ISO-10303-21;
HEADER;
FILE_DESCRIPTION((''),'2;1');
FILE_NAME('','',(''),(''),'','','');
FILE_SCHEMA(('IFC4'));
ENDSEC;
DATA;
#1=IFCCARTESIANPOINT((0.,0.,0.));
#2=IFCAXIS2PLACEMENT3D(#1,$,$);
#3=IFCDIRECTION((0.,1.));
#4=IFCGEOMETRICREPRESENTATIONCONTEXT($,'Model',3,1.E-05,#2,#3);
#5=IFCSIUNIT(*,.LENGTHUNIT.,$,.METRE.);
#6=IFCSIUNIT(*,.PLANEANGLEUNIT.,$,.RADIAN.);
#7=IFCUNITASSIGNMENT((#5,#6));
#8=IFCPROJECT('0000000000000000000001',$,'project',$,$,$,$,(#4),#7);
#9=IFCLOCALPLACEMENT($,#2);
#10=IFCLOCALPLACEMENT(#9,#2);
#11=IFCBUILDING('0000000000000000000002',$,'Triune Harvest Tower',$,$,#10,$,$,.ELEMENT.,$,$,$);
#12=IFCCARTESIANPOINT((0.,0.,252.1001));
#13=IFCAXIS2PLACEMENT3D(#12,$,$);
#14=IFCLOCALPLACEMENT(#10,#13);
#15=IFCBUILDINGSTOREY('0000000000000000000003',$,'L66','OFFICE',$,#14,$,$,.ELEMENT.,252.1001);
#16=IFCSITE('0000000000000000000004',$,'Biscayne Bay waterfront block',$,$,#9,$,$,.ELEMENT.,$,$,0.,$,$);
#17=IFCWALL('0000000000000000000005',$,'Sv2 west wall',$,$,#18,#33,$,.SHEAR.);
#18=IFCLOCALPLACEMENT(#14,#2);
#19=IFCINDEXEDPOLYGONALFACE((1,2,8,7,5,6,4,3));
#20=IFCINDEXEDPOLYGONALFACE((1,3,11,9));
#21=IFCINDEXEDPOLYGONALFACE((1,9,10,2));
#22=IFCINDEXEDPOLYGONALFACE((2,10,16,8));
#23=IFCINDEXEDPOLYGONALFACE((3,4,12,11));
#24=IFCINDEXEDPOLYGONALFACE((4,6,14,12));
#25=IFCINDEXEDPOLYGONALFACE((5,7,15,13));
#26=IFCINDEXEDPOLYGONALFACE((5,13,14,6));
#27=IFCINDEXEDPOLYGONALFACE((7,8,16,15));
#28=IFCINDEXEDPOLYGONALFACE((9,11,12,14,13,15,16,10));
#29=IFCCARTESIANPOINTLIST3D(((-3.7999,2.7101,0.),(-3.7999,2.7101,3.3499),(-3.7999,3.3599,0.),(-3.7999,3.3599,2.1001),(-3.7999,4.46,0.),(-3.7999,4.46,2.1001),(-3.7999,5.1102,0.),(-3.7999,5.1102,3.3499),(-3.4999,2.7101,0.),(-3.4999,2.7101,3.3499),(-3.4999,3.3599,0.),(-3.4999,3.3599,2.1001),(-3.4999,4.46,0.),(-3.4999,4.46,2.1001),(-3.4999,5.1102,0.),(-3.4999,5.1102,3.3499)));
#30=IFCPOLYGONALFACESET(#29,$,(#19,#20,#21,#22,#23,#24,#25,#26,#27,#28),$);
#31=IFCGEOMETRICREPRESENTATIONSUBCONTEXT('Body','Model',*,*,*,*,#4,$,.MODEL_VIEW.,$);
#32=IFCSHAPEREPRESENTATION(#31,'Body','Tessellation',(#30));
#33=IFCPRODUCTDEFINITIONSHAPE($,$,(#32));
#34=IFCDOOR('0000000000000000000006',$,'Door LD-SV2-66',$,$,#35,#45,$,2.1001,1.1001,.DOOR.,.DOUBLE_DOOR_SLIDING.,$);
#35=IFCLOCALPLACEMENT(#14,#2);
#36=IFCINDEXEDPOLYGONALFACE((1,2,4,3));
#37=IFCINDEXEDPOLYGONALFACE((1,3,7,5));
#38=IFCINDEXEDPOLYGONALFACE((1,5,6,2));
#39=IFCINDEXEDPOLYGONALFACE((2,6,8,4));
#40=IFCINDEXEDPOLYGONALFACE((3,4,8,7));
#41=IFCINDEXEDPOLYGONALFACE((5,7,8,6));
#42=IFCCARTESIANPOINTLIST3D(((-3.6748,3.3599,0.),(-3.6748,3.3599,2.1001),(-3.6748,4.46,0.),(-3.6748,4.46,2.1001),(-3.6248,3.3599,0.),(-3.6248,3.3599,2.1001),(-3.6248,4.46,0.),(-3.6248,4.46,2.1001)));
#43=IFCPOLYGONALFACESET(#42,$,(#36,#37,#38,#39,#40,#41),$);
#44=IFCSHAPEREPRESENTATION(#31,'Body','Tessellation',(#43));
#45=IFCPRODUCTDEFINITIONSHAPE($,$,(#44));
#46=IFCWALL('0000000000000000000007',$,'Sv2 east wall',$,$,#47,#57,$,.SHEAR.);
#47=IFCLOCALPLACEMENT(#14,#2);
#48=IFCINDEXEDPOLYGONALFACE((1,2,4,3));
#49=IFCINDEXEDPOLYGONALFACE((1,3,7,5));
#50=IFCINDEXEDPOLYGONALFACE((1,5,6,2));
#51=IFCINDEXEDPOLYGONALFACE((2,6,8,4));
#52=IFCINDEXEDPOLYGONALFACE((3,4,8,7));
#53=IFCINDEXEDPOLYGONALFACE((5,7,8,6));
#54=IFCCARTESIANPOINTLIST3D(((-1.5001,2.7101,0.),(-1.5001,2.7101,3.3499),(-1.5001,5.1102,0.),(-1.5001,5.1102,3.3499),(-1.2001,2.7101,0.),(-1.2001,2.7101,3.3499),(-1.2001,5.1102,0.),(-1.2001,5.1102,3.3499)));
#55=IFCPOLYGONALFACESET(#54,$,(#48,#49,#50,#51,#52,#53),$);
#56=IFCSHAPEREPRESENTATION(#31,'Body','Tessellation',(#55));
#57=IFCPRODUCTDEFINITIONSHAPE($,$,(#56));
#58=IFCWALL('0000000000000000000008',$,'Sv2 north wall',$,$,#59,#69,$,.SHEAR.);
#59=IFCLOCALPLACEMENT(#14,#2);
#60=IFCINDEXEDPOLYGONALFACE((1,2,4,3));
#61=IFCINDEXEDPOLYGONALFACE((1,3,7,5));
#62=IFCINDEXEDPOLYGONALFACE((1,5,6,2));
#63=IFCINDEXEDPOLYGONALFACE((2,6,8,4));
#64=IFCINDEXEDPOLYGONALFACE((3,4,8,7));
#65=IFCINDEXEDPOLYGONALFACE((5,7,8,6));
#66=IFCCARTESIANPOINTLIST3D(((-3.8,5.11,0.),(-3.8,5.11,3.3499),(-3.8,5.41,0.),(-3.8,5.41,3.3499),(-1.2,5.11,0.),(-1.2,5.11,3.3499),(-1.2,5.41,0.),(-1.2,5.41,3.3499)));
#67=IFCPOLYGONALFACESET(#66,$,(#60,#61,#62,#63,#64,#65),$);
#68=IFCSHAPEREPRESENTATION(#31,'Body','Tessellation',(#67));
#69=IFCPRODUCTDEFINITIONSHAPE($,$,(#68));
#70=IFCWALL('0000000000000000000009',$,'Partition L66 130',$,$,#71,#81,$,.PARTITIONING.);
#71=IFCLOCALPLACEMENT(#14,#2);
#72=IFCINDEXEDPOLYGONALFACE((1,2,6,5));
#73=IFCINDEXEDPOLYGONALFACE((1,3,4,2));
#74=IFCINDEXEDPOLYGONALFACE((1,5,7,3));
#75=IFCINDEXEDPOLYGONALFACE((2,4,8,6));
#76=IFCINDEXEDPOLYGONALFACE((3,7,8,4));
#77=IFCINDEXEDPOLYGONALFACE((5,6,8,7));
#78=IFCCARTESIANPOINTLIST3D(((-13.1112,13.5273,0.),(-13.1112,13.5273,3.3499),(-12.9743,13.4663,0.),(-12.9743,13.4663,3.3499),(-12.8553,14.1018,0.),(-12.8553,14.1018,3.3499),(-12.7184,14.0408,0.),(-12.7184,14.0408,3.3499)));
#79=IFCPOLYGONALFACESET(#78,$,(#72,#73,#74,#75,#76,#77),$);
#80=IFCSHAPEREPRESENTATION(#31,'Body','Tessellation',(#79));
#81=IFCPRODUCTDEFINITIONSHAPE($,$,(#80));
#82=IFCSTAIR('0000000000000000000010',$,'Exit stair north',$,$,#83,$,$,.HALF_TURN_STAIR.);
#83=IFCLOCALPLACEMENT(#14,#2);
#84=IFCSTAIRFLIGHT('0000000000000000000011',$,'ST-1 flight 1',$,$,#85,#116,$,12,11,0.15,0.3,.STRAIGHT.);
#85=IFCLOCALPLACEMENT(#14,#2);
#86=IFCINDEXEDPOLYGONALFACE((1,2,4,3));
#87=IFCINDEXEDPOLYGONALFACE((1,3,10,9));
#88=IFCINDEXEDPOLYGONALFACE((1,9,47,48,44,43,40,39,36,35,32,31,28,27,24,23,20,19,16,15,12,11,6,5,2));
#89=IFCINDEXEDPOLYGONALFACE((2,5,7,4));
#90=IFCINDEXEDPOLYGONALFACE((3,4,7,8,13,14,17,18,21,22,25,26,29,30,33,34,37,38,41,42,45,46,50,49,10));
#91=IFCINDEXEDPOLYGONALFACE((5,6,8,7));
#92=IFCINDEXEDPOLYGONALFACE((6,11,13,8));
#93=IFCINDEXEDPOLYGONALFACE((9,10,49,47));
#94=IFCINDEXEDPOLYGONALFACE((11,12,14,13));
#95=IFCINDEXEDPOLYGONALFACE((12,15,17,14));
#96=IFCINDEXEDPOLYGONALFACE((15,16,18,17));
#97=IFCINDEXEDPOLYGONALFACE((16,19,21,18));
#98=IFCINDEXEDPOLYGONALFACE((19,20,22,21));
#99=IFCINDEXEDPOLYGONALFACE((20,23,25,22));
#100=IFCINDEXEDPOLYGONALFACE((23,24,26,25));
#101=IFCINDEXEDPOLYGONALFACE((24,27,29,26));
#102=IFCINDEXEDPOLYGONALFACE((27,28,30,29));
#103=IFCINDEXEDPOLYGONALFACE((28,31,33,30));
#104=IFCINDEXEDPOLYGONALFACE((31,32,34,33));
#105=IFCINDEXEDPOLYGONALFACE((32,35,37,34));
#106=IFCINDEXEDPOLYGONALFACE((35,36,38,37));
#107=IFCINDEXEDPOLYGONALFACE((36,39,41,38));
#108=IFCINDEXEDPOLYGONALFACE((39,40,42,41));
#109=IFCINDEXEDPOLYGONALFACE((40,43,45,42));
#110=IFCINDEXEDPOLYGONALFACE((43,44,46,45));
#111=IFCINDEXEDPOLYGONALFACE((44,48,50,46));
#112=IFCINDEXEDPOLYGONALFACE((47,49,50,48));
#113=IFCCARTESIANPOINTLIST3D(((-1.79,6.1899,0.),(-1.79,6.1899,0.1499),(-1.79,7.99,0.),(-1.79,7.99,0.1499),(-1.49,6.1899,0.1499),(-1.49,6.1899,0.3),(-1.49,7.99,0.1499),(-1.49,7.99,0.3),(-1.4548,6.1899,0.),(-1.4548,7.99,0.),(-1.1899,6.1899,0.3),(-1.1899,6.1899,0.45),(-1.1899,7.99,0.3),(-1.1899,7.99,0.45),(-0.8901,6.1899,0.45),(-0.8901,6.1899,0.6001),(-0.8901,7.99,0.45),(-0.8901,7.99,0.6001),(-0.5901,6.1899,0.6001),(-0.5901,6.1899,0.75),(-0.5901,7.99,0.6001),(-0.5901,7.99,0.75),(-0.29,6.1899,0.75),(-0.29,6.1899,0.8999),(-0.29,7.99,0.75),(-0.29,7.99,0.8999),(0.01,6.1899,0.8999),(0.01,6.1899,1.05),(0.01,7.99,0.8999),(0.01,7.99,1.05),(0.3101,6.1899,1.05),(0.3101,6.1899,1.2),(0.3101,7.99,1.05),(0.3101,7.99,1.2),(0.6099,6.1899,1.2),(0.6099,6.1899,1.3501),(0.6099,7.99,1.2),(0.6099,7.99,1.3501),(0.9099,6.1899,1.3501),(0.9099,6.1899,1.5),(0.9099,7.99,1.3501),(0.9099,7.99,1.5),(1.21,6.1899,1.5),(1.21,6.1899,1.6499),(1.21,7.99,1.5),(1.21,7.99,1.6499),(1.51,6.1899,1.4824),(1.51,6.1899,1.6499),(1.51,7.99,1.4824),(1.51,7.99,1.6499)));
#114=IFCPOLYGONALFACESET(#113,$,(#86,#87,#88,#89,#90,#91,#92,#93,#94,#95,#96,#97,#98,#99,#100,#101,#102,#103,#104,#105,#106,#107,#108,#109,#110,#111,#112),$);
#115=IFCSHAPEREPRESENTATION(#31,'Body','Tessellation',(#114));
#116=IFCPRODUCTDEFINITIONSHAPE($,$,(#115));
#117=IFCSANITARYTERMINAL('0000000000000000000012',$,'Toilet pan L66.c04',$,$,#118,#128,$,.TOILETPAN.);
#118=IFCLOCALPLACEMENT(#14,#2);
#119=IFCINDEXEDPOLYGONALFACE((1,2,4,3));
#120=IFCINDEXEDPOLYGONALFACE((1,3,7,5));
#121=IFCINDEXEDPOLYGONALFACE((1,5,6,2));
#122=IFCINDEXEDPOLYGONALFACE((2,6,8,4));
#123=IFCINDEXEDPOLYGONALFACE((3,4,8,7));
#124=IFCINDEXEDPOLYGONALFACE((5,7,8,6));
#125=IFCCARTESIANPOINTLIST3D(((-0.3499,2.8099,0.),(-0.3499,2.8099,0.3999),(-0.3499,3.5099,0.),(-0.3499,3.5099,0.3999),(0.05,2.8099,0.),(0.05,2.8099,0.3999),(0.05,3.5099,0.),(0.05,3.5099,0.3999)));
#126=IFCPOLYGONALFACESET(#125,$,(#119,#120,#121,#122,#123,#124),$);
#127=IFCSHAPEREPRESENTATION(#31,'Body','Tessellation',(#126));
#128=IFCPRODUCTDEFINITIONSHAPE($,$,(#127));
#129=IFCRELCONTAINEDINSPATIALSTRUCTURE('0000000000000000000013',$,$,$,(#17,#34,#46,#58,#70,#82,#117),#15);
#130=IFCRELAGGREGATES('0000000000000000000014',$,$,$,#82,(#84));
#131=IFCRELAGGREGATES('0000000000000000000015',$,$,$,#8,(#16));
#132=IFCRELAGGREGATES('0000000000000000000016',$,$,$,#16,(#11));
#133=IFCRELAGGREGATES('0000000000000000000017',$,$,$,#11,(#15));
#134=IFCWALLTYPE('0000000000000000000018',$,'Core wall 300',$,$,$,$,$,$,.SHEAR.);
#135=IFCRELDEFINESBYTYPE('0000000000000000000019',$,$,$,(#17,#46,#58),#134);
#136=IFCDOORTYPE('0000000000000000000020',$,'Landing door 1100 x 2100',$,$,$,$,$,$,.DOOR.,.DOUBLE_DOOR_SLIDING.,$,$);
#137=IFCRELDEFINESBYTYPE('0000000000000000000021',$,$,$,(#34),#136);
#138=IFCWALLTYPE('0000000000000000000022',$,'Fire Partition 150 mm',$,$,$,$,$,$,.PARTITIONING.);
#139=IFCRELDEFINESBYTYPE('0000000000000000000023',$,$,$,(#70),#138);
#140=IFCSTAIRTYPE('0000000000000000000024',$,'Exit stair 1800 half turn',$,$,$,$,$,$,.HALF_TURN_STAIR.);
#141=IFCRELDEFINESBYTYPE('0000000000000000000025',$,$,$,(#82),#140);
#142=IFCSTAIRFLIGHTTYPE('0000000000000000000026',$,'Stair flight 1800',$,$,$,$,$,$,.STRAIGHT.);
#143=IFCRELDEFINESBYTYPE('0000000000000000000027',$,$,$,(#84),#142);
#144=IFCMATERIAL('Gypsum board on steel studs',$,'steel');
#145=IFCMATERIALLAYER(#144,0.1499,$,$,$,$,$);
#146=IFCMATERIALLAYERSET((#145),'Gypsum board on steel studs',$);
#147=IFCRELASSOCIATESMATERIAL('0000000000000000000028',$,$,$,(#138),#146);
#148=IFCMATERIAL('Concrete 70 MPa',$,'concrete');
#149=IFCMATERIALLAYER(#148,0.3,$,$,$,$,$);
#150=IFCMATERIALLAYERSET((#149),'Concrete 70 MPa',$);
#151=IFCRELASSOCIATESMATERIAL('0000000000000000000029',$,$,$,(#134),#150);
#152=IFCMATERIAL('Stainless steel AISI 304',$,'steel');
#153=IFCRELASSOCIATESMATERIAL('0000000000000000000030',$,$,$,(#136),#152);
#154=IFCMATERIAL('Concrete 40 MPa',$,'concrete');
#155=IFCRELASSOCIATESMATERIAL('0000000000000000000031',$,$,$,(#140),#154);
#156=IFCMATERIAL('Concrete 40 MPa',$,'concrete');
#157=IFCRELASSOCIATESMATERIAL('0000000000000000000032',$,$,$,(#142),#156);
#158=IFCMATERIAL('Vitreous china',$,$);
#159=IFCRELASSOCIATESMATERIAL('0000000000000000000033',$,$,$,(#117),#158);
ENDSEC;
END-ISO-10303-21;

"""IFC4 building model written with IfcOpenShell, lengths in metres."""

from ifc_helpers import new_model, si_unit, direction, frame, frame_2d, origin, origin_2d, place, context, subcontext, project, spatial, polyline, rectangle, outline, extrude, source, transform, mapped, material, layer, layer_set, type_object, element, fill, aggregate, save


model = new_model("IFC4")

# Units and contexts
model_context = context("Model", 3, precision=1e-05, world=origin(), true_north=direction((0.0, 1.0)))
body_context = subcontext(model_context, "Body", "Model", "MODEL_VIEW")
ifc_project = project(units=[si_unit("LENGTHUNIT", "METRE"), si_unit("PLANEANGLEUNIT", "RADIAN")], contexts=[model_context])

# Site, building, storey
site_placement = place(None, origin())
site = spatial("IfcSite", under=ifc_project, at=site_placement, Name="Biscayne Bay waterfront block", CompositionType="ELEMENT", RefElevation=0.0)
building_placement = place(site_placement, origin())
building = spatial("IfcBuilding", under=site, at=building_placement, Name="Triune Harvest Tower", CompositionType="ELEMENT")
storey_placement = place(building_placement, frame((0.0, 0.0, 252.1001)))
storey = spatial("IfcBuildingStorey", under=building, at=storey_placement, Name="L66", Description="OFFICE", CompositionType="ELEMENT", Elevation=252.1001)

# Shared definitions
ifc_material_1 = material(Name="Gypsum board on steel studs", Category="steel")
ifc_layer_1 = layer(ifc_material_1, 0.1499)
ifc_layer_set_1 = layer_set([ifc_layer_1], Name="Gypsum board on steel studs")
wall_type_1 = type_object("IfcWallType", Name="Fire Partition 150 mm", PredefinedType="PARTITIONING", material=ifc_layer_set_1)

# Shared definitions
ifc_material_2 = material(Name="Concrete 70 MPa", Category="concrete")
ifc_layer_2 = layer(ifc_material_2, 0.3)
ifc_layer_set_2 = layer_set([ifc_layer_2], Name="Concrete 70 MPa")
wall_type_2 = type_object("IfcWallType", Name="Core wall 300", PredefinedType="SHEAR", material=ifc_layer_set_2)

# Wall, opening, door
shared_shape_1 = source(origin(), body_context, "Body", "SweptSolid", [
    extrude(rectangle(XDim=2.4001, YDim=0.3, at=frame_2d((1.2002, 0.0))), origin(), (0.0, 0.0, 1.0), 3.3499),
])
wall_1_placement = place(storey_placement, frame((-3.6499, 2.71, 0.0), z_axis=(0.0, 0.0, 1.0), x_axis=(0.0, 1.0, 0.0)))
wall_1 = element("IfcWall", 1, at=wall_1_placement, inside=storey, type_object=wall_type_2, Name="Sv2 west wall", PredefinedType="SHEAR", context=body_context, shape_type="MappedRepresentation", body=[
    mapped(shared_shape_1, transform((0.0, 0.0, 0.0), scale=1.0)),
])
opening_1_placement = place(wall_1_placement, frame((0.6499, 0.0, 0.0)))
opening_1 = element("IfcOpeningElement", 2, at=opening_1_placement, cuts=wall_1, PredefinedType="OPENING", context=body_context, shape_type="SweptSolid", body=[
    extrude(rectangle(XDim=1.1001, YDim=2.1001, at=frame_2d((0.55, 1.05))), frame((0.0, 0.1602, 0.0), z_axis=(0.0, -1.0, 0.0), x_axis=(1.0, 0.0, 0.0)), (0.0, 0.0, 1.0), 0.3201),
])
ifc_material_3 = material(Name="Stainless steel AISI 304", Category="steel")
door_type_1 = type_object("IfcDoorType", Name="Landing door 1100 x 2100", OperationType="DOUBLE_DOOR_SLIDING", PredefinedType="DOOR", material=ifc_material_3)
door_1_placement = place(opening_1_placement, origin())
door_1 = element("IfcDoor", 3, at=door_1_placement, inside=storey, type_object=door_type_1, Name="Door LD-SV2-66", OperationType="DOUBLE_DOOR_SLIDING", OverallHeight=2.1001, OverallWidth=1.1001, PredefinedType="DOOR", context=body_context, shape_type="SweptSolid", body=[
    extrude(rectangle(XDim=1.1001, YDim=2.1001, at=frame_2d((0.55, 1.05))), frame((0.0, 0.0249, 0.0), z_axis=(0.0, -1.0, 0.0), x_axis=(1.0, 0.0, 0.0)), (0.0, 0.0, 1.0), 0.05),
])
fill(opening_1, door_1)

# Walls
wall_2_placement = place(storey_placement, frame((-1.3501, 2.71, 0.0), z_axis=(0.0, 0.0, 1.0), x_axis=(0.0, 1.0, 0.0)))
element("IfcWall", 4, at=wall_2_placement, inside=storey, type_object=wall_type_2, Name="Sv2 east wall", PredefinedType="SHEAR", context=body_context, shape_type="MappedRepresentation", body=[
    mapped(shared_shape_1, transform((0.0, 0.0, 0.0), scale=1.0)),
])
shared_shape_2 = source(origin(), body_context, "Body", "SweptSolid", [
    extrude(rectangle(XDim=2.6001, YDim=0.3, at=frame_2d((1.3, 0.0))), origin(), (0.0, 0.0, 1.0), 3.3499),
])
wall_3_placement = place(storey_placement, frame((-3.8, 5.26, 0.0), z_axis=(0.0, 0.0, 1.0), x_axis=(1.0, 0.0, 0.0)))
element("IfcWall", 5, at=wall_3_placement, inside=storey, type_object=wall_type_2, Name="Sv2 north wall", PredefinedType="SHEAR", context=body_context, shape_type="MappedRepresentation", body=[
    mapped(shared_shape_2, transform((0.0, 0.0, 0.0), scale=1.0)),
])
shared_shape_3 = source(origin(), body_context, "Body", "SweptSolid", [
    extrude(rectangle(XDim=0.6289, YDim=0.1499, at=frame_2d((0.3145, 0.0))), origin(), (0.0, 0.0, 1.0), 3.3499),
])
wall_4_placement = place(storey_placement, frame((-13.0427, 13.4968, 0.0), z_axis=(0.0, 0.0, 1.0), x_axis=(0.406859, 0.913491, 0.0)))
element("IfcWall", 6, at=wall_4_placement, inside=storey, type_object=wall_type_1, Name="Partition L66 130", PredefinedType="PARTITIONING", context=body_context, shape_type="MappedRepresentation", body=[
    mapped(shared_shape_3, transform((0.0, 0.0, 0.0), scale=1.0)),
])

# Stair, stair flight
ifc_material_4 = material(Name="Concrete 40 MPa", Category="concrete")
stair_type = type_object("IfcStairType", Name="Exit stair 1800 half turn", PredefinedType="HALF_TURN_STAIR", material=ifc_material_4)
stair_placement = place(storey_placement, origin())
stair = element("IfcStair", 7, at=stair_placement, inside=storey, type_object=stair_type, Name="Exit stair north", PredefinedType="HALF_TURN_STAIR")
ifc_material_5 = material(Name="Concrete 40 MPa", Category="concrete")
stair_flight_type = type_object("IfcStairFlightType", Name="Stair flight 1800", PredefinedType="STRAIGHT", material=ifc_material_5)
shared_shape_4 = source(origin(), body_context, "Body", "SweptSolid", [
    extrude(outline(polyline([(0.0, 0.0), (0.0, 0.1499), (0.3, 0.1499), (0.3, 0.3), (0.6001, 0.3), (0.6001, 0.45), (0.8999, 0.45), (0.8999, 0.6001), (1.2, 0.6001), (1.2, 0.75), (1.5, 0.75), (1.5, 0.8999), (1.8, 0.8999), (1.8, 1.05), (2.1001, 1.05), (2.1001, 1.2), (2.3999, 1.2), (2.3999, 1.3501), (2.7, 1.3501), (2.7, 1.5), (3.0, 1.5), (3.0, 1.6499), (3.3, 1.6499), (3.3, 1.8), (3.3, 1.4824), (0.3352, 0.0), (0.0, 0.0)])), frame((0.0, 0.8999, 0.0), z_axis=(0.0, -1.0, 0.0), x_axis=(1.0, 0.0, 0.0)), (0.0, 0.0, 1.0), 1.8),
])
stair_flight_placement = place(storey_placement, frame((-1.79, 7.0901, 0.0), z_axis=(0.0, 0.0, 1.0), x_axis=(1.0, 0.0, 0.0)))
stair_flight = element("IfcStairFlight", 8, at=stair_flight_placement, type_object=stair_flight_type, Name="ST-1 flight 1", NumberOfRisers=12, NumberOfTreads=11, PredefinedType="STRAIGHT", RiserHeight=0.15, TreadLength=0.3, context=body_context, shape_type="MappedRepresentation", body=[
    mapped(shared_shape_4, transform((0.0, 0.0, 0.0), scale=1.0)),
])
aggregate(stair, [stair_flight])

# Sanitary terminal
ifc_material_6 = material(Name="Vitreous china")
shared_shape_5 = source(origin(), body_context, "Body", "SweptSolid", [
    extrude(rectangle(XDim=0.3999, YDim=0.7, at=origin_2d()), origin(), (0.0, 0.0, 1.0), 0.3999),
])
sanitary_terminal_placement = place(storey_placement, frame((-0.1499, 3.1599, 0.0), z_axis=(0.0, 0.0, 1.0), x_axis=(-1.0, 0.0, 0.0)))
element("IfcSanitaryTerminal", 9, at=sanitary_terminal_placement, inside=storey, material=ifc_material_6, Name="Toilet pan L66.c04", PredefinedType="TOILETPAN", context=body_context, shape_type="MappedRepresentation", body=[
    mapped(shared_shape_5, transform((0.0, 0.0, 0.0), scale=1.0)),
])

save(model, "model.ifc")
